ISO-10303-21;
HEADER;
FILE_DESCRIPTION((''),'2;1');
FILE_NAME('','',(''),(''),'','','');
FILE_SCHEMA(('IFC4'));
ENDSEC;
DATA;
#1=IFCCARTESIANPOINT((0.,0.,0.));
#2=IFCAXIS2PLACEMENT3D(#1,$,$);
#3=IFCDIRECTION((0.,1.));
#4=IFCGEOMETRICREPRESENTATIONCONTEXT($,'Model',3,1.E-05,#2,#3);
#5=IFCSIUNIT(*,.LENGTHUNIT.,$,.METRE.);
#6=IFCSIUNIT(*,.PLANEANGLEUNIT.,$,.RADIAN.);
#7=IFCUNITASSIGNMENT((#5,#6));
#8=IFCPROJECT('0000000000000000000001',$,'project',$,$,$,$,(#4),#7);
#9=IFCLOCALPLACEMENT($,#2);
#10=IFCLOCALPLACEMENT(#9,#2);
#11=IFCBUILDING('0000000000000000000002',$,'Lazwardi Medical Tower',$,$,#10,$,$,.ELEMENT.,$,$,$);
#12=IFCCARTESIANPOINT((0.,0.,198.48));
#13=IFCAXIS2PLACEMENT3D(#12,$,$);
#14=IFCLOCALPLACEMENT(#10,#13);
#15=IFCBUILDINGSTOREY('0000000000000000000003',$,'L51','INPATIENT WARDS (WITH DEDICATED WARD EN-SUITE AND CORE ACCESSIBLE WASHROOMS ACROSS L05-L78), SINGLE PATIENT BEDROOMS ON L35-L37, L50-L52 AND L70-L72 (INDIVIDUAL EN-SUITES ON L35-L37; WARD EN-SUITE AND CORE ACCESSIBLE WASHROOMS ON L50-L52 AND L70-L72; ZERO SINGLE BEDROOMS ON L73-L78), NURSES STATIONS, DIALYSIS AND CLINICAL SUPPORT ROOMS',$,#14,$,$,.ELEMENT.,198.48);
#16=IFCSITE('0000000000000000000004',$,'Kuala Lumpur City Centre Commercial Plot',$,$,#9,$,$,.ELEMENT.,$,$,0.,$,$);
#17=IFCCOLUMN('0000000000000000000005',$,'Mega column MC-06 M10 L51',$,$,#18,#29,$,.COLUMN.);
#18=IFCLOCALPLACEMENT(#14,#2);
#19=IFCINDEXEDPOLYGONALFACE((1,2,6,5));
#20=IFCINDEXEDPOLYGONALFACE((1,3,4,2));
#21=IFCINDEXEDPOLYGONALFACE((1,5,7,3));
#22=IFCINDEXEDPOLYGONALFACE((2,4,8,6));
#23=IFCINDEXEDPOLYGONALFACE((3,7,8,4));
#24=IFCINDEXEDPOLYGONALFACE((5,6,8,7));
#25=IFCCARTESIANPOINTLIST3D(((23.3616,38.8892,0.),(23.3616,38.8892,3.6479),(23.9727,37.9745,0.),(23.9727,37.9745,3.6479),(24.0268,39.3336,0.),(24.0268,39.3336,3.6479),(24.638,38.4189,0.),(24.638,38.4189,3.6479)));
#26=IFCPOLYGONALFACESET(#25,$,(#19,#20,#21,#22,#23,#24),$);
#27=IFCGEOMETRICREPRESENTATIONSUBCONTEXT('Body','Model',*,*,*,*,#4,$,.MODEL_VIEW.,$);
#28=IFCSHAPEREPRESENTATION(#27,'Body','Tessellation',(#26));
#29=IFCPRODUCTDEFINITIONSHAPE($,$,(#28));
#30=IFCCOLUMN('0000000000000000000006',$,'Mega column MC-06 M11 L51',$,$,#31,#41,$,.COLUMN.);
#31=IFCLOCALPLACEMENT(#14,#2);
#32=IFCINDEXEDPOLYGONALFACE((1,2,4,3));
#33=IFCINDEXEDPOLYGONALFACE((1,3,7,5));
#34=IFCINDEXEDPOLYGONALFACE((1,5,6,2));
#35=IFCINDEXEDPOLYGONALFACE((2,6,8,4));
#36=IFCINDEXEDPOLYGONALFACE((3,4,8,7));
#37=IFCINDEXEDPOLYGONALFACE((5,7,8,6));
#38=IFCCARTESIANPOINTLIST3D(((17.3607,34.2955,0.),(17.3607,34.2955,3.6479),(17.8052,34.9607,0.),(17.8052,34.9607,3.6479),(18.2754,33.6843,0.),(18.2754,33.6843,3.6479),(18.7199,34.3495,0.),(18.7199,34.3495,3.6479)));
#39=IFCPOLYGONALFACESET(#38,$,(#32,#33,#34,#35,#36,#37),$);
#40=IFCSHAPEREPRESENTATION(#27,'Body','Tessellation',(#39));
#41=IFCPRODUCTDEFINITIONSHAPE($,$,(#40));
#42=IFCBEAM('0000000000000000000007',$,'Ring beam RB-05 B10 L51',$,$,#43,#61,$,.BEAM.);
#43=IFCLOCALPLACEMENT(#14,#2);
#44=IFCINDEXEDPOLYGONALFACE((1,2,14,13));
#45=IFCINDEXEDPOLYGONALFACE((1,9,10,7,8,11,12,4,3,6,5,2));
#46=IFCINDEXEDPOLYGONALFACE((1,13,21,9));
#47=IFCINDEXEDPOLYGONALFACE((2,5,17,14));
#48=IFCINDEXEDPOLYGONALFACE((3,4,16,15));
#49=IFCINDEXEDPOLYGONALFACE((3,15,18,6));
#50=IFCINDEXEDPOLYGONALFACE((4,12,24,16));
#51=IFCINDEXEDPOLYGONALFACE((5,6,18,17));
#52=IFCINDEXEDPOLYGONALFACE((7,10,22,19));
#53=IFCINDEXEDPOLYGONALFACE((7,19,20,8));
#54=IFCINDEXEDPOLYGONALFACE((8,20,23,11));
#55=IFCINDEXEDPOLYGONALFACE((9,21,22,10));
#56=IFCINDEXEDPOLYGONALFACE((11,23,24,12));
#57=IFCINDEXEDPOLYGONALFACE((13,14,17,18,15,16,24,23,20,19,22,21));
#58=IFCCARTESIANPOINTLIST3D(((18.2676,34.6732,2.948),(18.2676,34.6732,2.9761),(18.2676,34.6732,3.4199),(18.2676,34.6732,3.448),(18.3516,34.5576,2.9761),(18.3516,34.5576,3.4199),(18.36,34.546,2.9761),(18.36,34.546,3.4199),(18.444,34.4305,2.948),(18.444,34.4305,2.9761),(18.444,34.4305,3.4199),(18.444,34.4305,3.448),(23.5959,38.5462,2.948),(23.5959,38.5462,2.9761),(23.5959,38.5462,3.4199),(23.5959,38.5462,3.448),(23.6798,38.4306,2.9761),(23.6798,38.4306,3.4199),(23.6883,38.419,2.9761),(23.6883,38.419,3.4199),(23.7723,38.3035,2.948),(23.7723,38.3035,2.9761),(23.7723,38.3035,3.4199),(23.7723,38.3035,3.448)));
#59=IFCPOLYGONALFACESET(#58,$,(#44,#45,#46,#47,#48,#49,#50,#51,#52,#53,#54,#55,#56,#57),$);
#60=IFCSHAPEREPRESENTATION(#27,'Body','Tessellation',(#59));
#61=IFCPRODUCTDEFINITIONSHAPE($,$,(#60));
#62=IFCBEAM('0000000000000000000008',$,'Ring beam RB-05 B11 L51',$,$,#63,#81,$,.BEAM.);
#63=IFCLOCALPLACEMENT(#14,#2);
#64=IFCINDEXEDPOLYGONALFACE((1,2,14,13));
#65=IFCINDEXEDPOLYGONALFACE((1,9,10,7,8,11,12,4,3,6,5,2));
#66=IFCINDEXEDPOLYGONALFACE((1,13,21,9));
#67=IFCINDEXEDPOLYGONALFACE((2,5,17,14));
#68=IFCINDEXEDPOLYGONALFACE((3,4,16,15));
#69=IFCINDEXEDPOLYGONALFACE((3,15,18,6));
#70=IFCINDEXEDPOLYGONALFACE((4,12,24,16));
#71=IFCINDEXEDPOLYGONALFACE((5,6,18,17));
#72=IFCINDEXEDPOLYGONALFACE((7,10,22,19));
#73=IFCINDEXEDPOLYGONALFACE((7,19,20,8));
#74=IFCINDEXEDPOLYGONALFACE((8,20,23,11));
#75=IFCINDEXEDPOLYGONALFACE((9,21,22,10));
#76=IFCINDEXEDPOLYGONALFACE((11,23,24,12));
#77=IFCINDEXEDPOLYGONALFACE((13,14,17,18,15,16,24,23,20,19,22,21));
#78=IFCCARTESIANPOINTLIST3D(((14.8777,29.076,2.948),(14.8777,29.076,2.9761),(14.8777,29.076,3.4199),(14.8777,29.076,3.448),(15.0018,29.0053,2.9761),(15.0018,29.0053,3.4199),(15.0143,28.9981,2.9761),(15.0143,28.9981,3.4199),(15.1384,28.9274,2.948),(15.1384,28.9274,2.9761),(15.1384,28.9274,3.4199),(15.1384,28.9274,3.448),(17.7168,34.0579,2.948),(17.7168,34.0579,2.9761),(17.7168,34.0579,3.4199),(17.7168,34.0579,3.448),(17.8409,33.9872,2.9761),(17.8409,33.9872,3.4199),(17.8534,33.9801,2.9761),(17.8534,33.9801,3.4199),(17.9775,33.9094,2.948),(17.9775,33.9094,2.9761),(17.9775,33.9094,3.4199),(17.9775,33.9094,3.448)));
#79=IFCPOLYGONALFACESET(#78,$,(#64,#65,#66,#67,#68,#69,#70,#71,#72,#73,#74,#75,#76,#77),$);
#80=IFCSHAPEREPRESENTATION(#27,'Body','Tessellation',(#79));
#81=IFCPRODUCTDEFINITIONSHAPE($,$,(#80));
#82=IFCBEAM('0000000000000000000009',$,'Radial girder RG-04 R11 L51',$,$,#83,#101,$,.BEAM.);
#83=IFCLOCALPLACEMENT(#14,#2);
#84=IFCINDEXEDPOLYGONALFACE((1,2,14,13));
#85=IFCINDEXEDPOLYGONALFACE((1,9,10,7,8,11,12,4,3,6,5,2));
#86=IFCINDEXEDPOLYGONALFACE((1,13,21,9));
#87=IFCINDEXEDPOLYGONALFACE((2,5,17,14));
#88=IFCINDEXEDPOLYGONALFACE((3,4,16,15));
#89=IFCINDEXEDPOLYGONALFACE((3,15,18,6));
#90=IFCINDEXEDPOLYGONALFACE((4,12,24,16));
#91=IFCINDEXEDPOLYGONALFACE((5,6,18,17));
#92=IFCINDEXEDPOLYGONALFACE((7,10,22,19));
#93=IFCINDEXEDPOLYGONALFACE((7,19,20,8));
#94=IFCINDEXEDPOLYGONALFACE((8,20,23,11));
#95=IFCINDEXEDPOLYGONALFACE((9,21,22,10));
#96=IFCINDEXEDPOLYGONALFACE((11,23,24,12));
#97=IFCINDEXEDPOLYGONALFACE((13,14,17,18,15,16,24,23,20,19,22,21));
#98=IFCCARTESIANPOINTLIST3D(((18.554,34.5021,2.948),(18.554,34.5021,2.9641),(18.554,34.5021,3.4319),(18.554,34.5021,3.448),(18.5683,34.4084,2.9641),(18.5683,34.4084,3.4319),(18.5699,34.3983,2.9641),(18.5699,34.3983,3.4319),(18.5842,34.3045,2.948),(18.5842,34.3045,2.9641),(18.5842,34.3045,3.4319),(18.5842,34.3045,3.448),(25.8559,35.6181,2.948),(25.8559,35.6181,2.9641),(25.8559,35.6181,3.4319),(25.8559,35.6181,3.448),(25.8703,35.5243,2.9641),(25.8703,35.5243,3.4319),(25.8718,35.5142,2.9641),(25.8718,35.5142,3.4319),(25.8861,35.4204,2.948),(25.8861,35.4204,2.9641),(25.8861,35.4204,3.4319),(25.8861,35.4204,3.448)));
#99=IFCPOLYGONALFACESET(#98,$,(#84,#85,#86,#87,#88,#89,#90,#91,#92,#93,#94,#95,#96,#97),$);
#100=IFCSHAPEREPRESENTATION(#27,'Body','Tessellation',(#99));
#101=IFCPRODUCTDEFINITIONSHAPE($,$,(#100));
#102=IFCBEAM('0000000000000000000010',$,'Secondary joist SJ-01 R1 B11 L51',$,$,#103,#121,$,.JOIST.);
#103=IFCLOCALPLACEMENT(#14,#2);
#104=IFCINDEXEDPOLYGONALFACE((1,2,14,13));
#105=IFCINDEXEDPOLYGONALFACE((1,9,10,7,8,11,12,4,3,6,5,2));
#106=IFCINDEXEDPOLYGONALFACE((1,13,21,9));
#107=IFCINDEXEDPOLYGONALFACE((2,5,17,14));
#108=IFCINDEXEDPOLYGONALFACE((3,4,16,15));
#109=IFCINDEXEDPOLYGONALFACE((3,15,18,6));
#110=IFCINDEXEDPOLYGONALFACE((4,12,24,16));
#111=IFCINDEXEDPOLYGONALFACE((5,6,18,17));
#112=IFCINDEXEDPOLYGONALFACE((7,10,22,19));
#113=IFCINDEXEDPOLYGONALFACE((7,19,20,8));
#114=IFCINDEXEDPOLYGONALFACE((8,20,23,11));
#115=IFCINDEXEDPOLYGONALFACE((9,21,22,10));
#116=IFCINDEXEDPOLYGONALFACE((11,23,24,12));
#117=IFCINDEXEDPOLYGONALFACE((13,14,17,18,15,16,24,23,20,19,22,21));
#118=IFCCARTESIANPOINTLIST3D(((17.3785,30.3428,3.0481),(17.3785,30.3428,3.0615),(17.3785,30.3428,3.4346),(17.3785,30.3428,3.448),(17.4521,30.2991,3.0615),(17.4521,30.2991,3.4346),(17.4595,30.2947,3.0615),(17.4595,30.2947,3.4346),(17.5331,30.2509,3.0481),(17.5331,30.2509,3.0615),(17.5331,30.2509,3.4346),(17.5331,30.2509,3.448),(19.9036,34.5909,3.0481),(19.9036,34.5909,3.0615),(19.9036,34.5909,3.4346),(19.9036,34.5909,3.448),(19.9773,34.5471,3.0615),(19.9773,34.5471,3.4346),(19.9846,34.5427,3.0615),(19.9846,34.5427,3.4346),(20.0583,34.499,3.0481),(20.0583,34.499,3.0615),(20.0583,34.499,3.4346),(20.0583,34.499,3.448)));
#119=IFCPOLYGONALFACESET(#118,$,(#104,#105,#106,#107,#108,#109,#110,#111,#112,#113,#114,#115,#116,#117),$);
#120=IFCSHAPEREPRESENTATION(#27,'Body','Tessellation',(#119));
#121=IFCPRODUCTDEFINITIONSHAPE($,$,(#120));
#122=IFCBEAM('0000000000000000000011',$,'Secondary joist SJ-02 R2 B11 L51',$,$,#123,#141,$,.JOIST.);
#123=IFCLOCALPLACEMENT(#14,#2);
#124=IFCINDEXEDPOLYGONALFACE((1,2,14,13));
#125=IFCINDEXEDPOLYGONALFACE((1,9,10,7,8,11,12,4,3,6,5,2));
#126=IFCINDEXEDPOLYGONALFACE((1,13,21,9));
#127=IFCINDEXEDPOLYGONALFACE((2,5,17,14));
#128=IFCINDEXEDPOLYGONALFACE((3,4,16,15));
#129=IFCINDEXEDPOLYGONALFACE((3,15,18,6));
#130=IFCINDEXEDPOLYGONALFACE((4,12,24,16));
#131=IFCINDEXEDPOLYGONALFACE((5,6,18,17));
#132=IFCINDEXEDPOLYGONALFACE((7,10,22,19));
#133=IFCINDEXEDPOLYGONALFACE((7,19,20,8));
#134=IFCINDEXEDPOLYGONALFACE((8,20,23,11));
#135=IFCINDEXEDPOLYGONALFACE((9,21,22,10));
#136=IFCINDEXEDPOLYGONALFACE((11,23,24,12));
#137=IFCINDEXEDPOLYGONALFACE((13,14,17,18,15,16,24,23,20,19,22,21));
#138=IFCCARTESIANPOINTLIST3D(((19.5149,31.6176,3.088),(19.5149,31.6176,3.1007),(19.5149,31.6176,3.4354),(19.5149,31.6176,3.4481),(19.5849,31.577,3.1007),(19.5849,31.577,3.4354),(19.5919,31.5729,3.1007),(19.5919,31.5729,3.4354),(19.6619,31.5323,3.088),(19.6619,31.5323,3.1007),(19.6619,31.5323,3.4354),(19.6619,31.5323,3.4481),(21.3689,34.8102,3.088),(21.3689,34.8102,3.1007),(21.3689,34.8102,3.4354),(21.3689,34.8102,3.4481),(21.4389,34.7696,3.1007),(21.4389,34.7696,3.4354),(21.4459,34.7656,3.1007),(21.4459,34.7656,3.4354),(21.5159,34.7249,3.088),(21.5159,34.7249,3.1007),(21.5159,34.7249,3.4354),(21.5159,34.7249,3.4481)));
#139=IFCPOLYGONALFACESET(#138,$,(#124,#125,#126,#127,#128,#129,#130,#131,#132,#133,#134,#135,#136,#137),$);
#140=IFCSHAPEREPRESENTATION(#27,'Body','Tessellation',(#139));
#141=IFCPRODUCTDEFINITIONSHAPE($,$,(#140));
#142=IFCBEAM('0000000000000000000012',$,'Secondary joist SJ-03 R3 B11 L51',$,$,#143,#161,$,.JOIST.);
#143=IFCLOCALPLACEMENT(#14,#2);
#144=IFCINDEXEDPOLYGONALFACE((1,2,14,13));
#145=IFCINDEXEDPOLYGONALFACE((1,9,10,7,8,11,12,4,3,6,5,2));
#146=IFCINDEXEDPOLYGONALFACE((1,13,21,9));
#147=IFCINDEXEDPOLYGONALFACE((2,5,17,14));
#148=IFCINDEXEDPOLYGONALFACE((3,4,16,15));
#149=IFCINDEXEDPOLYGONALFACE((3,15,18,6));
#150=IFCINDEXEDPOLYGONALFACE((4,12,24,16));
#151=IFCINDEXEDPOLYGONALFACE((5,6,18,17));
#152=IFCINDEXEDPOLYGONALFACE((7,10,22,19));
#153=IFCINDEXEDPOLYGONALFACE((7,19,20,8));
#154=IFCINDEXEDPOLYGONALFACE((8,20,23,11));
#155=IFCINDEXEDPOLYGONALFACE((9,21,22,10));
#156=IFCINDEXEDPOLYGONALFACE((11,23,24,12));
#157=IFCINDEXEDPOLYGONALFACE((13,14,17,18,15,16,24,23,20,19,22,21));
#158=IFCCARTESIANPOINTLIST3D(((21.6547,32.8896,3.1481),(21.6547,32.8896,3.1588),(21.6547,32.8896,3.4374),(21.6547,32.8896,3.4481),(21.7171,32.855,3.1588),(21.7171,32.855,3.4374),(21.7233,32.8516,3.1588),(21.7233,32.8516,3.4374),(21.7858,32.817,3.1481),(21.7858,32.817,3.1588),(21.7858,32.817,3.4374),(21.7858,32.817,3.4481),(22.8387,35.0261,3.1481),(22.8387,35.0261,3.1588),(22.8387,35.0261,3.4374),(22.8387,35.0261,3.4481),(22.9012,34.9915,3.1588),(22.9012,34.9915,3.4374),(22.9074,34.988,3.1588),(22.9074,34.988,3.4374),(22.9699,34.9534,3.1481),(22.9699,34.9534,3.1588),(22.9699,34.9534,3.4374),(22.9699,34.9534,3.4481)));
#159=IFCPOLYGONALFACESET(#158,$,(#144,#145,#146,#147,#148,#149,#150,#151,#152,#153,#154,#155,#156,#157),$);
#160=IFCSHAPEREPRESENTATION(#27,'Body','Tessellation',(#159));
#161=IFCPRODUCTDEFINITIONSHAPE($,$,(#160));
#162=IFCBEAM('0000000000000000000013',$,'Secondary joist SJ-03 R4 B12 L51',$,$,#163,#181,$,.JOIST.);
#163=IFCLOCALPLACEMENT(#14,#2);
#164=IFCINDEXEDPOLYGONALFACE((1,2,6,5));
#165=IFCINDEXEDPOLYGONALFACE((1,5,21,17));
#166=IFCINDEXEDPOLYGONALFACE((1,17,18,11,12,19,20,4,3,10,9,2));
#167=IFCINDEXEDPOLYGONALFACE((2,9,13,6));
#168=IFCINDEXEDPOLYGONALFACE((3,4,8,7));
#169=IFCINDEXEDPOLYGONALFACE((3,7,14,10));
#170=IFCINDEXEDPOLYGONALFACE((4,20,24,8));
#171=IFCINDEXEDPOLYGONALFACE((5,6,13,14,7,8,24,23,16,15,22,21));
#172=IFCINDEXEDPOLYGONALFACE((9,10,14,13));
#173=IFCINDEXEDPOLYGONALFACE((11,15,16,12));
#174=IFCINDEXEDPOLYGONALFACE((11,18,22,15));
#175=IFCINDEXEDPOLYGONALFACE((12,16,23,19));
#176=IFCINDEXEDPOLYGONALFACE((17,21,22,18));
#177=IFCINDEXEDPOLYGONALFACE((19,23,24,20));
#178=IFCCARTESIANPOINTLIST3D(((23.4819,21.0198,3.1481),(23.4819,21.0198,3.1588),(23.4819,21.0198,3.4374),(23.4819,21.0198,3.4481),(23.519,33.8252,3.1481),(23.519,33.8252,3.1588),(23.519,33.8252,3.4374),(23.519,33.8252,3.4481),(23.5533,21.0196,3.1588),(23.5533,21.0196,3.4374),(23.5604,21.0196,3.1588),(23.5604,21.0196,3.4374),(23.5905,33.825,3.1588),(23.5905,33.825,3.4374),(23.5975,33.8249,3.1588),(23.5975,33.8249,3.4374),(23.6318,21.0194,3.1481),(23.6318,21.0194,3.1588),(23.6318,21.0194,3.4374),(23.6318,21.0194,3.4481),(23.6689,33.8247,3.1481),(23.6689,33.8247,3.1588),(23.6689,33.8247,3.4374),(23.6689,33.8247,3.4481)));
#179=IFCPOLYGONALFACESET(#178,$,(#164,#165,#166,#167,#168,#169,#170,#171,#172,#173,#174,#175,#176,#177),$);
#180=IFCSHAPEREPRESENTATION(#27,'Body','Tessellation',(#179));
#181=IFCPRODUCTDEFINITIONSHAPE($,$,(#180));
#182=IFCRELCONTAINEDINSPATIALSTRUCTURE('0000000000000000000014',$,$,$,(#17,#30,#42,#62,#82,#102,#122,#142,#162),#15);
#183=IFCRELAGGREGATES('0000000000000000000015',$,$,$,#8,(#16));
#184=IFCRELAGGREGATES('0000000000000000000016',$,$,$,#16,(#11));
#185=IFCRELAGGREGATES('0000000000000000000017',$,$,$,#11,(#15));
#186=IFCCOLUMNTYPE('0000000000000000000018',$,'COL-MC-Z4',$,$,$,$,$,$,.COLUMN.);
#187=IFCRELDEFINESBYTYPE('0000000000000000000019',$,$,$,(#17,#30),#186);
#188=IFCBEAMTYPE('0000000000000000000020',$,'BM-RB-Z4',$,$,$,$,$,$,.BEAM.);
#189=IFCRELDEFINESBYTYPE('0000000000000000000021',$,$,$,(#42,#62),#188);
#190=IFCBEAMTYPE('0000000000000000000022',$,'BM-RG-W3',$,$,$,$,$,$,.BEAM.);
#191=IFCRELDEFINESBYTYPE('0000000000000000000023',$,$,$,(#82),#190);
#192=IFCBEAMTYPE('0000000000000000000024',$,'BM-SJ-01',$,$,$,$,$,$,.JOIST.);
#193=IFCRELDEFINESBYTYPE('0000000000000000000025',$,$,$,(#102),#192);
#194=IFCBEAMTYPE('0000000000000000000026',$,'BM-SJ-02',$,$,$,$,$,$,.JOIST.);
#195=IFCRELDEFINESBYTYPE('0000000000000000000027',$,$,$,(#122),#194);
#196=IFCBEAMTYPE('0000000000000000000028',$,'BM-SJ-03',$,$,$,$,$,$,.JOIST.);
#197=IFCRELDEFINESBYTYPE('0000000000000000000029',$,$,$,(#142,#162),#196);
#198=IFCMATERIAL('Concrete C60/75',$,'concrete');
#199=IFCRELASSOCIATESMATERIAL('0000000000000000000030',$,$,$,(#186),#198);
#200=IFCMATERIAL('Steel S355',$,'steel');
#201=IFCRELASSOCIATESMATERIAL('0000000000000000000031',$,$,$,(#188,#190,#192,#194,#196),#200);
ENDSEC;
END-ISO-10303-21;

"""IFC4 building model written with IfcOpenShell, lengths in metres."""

from ifc_helpers import new_model, si_unit, direction, frame, origin, origin_2d, place, context, subcontext, project, spatial, rectangle, i_section, extrude, material, material_profile, profile_set, type_object, element, save


model = new_model("IFC4")

# Units and contexts
model_context = context("Model", 3, precision=1e-05, world=origin(), true_north=direction((0.0, 1.0)))
body_context = subcontext(model_context, "Body", "Model", "MODEL_VIEW")
ifc_project = project(units=[si_unit("LENGTHUNIT", "METRE"), si_unit("PLANEANGLEUNIT", "RADIAN")], contexts=[model_context])

# Site, building, storey
site_placement = place(None, origin())
site = spatial("IfcSite", under=ifc_project, at=site_placement, Name="Kuala Lumpur City Centre Commercial Plot", CompositionType="ELEMENT", RefElevation=0.0)
building_placement = place(site_placement, origin())
building = spatial("IfcBuilding", under=site, at=building_placement, Name="Lazwardi Medical Tower", CompositionType="ELEMENT")
storey_placement = place(building_placement, frame((0.0, 0.0, 198.48)))
storey = spatial("IfcBuildingStorey", under=building, at=storey_placement, Name="L51", Description="INPATIENT WARDS (WITH DEDICATED WARD EN-SUITE AND CORE ACCESSIBLE WASHROOMS ACROSS L05-L78), SINGLE PATIENT BEDROOMS ON L35-L37, L50-L52 AND L70-L72 (INDIVIDUAL EN-SUITES ON L35-L37; WARD EN-SUITE AND CORE ACCESSIBLE WASHROOMS ON L50-L52 AND L70-L72; ZERO SINGLE BEDROOMS ON L73-L78), NURSES STATIONS, DIALYSIS AND CLINICAL SUPPORT ROOMS", CompositionType="ELEMENT", Elevation=198.48)

# Columns
ifc_material_1 = material(Name="Concrete C60/75", Category="concrete")
ifc_material_profile_1 = material_profile(ifc_material_1, rectangle(XDim=1.1001, YDim=0.8, at=origin_2d()), Name="CFT-RECT 1100x800")
ifc_profile_set_1 = profile_set([ifc_material_profile_1], Name="Concrete C60/75")
column_type = type_object("IfcColumnType", Name="COL-MC-Z4", PredefinedType="COLUMN", material=ifc_profile_set_1)
for number, where, z_axis, x_axis, name in (
    (1, (23.9998, 38.6541, 0.0), (0.0, 0.0, 1.0), (-0.55557, 0.83147, 0.0), "Mega column MC-06 M10 L51"),
    (2, (18.0403, 34.3225, 0.0), (0.0, 0.0, 1.0), (-0.83147, 0.55557, 0.0), "Mega column MC-06 M11 L51"),
):
    element("IfcColumn", number, at=place(storey_placement, frame(where, z_axis=z_axis, x_axis=x_axis)), inside=storey, type_object=column_type, Name=name, PredefinedType="COLUMN", context=body_context, shape_type="SweptSolid", body=[
        extrude(rectangle(XDim=1.1001, YDim=0.8, at=origin_2d()), origin(), (0.0, 0.0, 1.0), 3.6479),
    ])

# Beams
ifc_material_2 = material(Name="Steel S355", Category="steel")
ifc_material_profile_2 = material_profile(ifc_material_2, i_section(OverallWidth=0.3, OverallDepth=0.5, WebThickness=0.0144, FlangeThickness=0.0281, at=origin_2d()), Name="HEB 500")
ifc_profile_set_2 = profile_set([ifc_material_profile_2], Name="Steel S355")
beam_type_1 = type_object("IfcBeamType", Name="BM-RB-Z4", PredefinedType="BEAM", material=ifc_profile_set_2)
beam_1_placement = place(storey_placement, frame((23.6841, 38.4248, 3.198), z_axis=(-0.80889, -0.58796, 0.0), x_axis=(0.58796, -0.80889, 0.0)))
element("IfcBeam", 3, at=beam_1_placement, inside=storey, type_object=beam_type_1, Name="Ring beam RB-05 B10 L51", PredefinedType="BEAM", context=body_context, shape_type="SweptSolid", body=[
    extrude(i_section(OverallWidth=0.3, OverallDepth=0.5, WebThickness=0.0144, FlangeThickness=0.0281, at=origin_2d()), origin(), (0.0, 0.0, 1.0), 6.5872),
])
beam_2_placement = place(storey_placement, frame((17.8472, 33.9836, 3.198), z_axis=(-0.495125, -0.868822, 0.0), x_axis=(0.868822, -0.495125, 0.0)))
element("IfcBeam", 4, at=beam_2_placement, inside=storey, type_object=beam_type_1, Name="Ring beam RB-05 B11 L51", PredefinedType="BEAM", context=body_context, shape_type="SweptSolid", body=[
    extrude(i_section(OverallWidth=0.3, OverallDepth=0.5, WebThickness=0.0144, FlangeThickness=0.0281, at=origin_2d()), origin(), (0.0, 0.0, 1.0), 5.7341),
])
ifc_material_profile_3 = material_profile(ifc_material_2, i_section(OverallWidth=0.2, OverallDepth=0.5, WebThickness=0.0103, FlangeThickness=0.0161, at=origin_2d()), Name="IPE 500")
ifc_profile_set_3 = profile_set([ifc_material_profile_3], Name="Steel S355")
beam_type_2 = type_object("IfcBeamType", Name="BM-RG-W3", PredefinedType="BEAM", material=ifc_profile_set_3)
beam_3_placement = place(storey_placement, frame((18.5691, 34.4033, 3.198), z_axis=(0.988522, 0.151076, 0.0), x_axis=(-0.151076, 0.988522, 0.0)))
element("IfcBeam", 5, at=beam_3_placement, inside=storey, type_object=beam_type_2, Name="Radial girder RG-04 R11 L51", PredefinedType="BEAM", context=body_context, shape_type="SweptSolid", body=[
    extrude(i_section(OverallWidth=0.2, OverallDepth=0.5, WebThickness=0.0103, FlangeThickness=0.0161, at=origin_2d()), origin(), (0.0, 0.0, 1.0), 7.3867),
])
ifc_material_profile_4 = material_profile(ifc_material_2, i_section(OverallWidth=0.1799, OverallDepth=0.3999, WebThickness=0.0085, FlangeThickness=0.0134, at=origin_2d()), Name="IPE 400")
ifc_profile_set_4 = profile_set([ifc_material_profile_4], Name="Steel S355")
beam_type_3 = type_object("IfcBeamType", Name="BM-SJ-01", PredefinedType="JOIST", material=ifc_profile_set_4)
beam_4_placement = place(storey_placement, frame((19.981, 34.5449, 3.248), z_axis=(-0.510968, -0.8596, 0.0), x_axis=(0.8596, -0.510968, 0.0)))
element("IfcBeam", 6, at=beam_4_placement, inside=storey, type_object=beam_type_3, Name="Secondary joist SJ-01 R1 B11 L51", PredefinedType="JOIST", context=body_context, shape_type="SweptSolid", body=[
    extrude(i_section(OverallWidth=0.1799, OverallDepth=0.3999, WebThickness=0.0085, FlangeThickness=0.0134, at=origin_2d()), origin(), (0.0, 0.0, 1.0), 4.9419),
])
ifc_material_profile_5 = material_profile(ifc_material_2, i_section(OverallWidth=0.1699, OverallDepth=0.3601, WebThickness=0.0081, FlangeThickness=0.0127, at=origin_2d()), Name="IPE 360")
ifc_profile_set_5 = profile_set([ifc_material_profile_5], Name="Steel S355")
beam_type_4 = type_object("IfcBeamType", Name="BM-SJ-02", PredefinedType="JOIST", material=ifc_profile_set_5)
beam_5_placement = place(storey_placement, frame((21.4424, 34.7676, 3.2681), z_axis=(-0.50218, -0.864763, 0.0), x_axis=(0.864763, -0.50218, 0.0)))
element("IfcBeam", 7, at=beam_5_placement, inside=storey, type_object=beam_type_4, Name="Secondary joist SJ-02 R2 B11 L51", PredefinedType="JOIST", context=body_context, shape_type="SweptSolid", body=[
    extrude(i_section(OverallWidth=0.1699, OverallDepth=0.3601, WebThickness=0.0081, FlangeThickness=0.0127, at=origin_2d()), origin(), (0.0, 0.0, 1.0), 3.6919),
])
ifc_material_profile_6 = material_profile(ifc_material_2, i_section(OverallWidth=0.1499, OverallDepth=0.3, WebThickness=0.0071, FlangeThickness=0.0107, at=origin_2d()), Name="IPE 300")
ifc_profile_set_6 = profile_set([ifc_material_profile_6], Name="Steel S355")
beam_type_5 = type_object("IfcBeamType", Name="BM-SJ-03", PredefinedType="JOIST", material=ifc_profile_set_6)
beam_6_placement = place(storey_placement, frame((22.9043, 34.9897, 3.2981), z_axis=(-0.484752, -0.874652, 0.0), x_axis=(0.874652, -0.484752, 0.0)))
element("IfcBeam", 8, at=beam_6_placement, inside=storey, type_object=beam_type_5, Name="Secondary joist SJ-03 R3 B11 L51", PredefinedType="JOIST", context=body_context, shape_type="SweptSolid", body=[
    extrude(i_section(OverallWidth=0.1499, OverallDepth=0.3, WebThickness=0.0071, FlangeThickness=0.0107, at=origin_2d()), origin(), (0.0, 0.0, 1.0), 2.4426),
])
beam_7_placement = place(storey_placement, frame((23.594, 33.825, 3.2981), z_axis=(-0.002898, -0.999996, 0.0), x_axis=(0.999996, -0.002898, 0.0)))
element("IfcBeam", 9, at=beam_7_placement, inside=storey, type_object=beam_type_5, Name="Secondary joist SJ-03 R4 B12 L51", PredefinedType="JOIST", context=body_context, shape_type="SweptSolid", body=[
    extrude(i_section(OverallWidth=0.1499, OverallDepth=0.3, WebThickness=0.0071, FlangeThickness=0.0107, at=origin_2d()), origin(), (0.0, 0.0, 1.0), 12.8054),
])

save(model, "model.ifc")
